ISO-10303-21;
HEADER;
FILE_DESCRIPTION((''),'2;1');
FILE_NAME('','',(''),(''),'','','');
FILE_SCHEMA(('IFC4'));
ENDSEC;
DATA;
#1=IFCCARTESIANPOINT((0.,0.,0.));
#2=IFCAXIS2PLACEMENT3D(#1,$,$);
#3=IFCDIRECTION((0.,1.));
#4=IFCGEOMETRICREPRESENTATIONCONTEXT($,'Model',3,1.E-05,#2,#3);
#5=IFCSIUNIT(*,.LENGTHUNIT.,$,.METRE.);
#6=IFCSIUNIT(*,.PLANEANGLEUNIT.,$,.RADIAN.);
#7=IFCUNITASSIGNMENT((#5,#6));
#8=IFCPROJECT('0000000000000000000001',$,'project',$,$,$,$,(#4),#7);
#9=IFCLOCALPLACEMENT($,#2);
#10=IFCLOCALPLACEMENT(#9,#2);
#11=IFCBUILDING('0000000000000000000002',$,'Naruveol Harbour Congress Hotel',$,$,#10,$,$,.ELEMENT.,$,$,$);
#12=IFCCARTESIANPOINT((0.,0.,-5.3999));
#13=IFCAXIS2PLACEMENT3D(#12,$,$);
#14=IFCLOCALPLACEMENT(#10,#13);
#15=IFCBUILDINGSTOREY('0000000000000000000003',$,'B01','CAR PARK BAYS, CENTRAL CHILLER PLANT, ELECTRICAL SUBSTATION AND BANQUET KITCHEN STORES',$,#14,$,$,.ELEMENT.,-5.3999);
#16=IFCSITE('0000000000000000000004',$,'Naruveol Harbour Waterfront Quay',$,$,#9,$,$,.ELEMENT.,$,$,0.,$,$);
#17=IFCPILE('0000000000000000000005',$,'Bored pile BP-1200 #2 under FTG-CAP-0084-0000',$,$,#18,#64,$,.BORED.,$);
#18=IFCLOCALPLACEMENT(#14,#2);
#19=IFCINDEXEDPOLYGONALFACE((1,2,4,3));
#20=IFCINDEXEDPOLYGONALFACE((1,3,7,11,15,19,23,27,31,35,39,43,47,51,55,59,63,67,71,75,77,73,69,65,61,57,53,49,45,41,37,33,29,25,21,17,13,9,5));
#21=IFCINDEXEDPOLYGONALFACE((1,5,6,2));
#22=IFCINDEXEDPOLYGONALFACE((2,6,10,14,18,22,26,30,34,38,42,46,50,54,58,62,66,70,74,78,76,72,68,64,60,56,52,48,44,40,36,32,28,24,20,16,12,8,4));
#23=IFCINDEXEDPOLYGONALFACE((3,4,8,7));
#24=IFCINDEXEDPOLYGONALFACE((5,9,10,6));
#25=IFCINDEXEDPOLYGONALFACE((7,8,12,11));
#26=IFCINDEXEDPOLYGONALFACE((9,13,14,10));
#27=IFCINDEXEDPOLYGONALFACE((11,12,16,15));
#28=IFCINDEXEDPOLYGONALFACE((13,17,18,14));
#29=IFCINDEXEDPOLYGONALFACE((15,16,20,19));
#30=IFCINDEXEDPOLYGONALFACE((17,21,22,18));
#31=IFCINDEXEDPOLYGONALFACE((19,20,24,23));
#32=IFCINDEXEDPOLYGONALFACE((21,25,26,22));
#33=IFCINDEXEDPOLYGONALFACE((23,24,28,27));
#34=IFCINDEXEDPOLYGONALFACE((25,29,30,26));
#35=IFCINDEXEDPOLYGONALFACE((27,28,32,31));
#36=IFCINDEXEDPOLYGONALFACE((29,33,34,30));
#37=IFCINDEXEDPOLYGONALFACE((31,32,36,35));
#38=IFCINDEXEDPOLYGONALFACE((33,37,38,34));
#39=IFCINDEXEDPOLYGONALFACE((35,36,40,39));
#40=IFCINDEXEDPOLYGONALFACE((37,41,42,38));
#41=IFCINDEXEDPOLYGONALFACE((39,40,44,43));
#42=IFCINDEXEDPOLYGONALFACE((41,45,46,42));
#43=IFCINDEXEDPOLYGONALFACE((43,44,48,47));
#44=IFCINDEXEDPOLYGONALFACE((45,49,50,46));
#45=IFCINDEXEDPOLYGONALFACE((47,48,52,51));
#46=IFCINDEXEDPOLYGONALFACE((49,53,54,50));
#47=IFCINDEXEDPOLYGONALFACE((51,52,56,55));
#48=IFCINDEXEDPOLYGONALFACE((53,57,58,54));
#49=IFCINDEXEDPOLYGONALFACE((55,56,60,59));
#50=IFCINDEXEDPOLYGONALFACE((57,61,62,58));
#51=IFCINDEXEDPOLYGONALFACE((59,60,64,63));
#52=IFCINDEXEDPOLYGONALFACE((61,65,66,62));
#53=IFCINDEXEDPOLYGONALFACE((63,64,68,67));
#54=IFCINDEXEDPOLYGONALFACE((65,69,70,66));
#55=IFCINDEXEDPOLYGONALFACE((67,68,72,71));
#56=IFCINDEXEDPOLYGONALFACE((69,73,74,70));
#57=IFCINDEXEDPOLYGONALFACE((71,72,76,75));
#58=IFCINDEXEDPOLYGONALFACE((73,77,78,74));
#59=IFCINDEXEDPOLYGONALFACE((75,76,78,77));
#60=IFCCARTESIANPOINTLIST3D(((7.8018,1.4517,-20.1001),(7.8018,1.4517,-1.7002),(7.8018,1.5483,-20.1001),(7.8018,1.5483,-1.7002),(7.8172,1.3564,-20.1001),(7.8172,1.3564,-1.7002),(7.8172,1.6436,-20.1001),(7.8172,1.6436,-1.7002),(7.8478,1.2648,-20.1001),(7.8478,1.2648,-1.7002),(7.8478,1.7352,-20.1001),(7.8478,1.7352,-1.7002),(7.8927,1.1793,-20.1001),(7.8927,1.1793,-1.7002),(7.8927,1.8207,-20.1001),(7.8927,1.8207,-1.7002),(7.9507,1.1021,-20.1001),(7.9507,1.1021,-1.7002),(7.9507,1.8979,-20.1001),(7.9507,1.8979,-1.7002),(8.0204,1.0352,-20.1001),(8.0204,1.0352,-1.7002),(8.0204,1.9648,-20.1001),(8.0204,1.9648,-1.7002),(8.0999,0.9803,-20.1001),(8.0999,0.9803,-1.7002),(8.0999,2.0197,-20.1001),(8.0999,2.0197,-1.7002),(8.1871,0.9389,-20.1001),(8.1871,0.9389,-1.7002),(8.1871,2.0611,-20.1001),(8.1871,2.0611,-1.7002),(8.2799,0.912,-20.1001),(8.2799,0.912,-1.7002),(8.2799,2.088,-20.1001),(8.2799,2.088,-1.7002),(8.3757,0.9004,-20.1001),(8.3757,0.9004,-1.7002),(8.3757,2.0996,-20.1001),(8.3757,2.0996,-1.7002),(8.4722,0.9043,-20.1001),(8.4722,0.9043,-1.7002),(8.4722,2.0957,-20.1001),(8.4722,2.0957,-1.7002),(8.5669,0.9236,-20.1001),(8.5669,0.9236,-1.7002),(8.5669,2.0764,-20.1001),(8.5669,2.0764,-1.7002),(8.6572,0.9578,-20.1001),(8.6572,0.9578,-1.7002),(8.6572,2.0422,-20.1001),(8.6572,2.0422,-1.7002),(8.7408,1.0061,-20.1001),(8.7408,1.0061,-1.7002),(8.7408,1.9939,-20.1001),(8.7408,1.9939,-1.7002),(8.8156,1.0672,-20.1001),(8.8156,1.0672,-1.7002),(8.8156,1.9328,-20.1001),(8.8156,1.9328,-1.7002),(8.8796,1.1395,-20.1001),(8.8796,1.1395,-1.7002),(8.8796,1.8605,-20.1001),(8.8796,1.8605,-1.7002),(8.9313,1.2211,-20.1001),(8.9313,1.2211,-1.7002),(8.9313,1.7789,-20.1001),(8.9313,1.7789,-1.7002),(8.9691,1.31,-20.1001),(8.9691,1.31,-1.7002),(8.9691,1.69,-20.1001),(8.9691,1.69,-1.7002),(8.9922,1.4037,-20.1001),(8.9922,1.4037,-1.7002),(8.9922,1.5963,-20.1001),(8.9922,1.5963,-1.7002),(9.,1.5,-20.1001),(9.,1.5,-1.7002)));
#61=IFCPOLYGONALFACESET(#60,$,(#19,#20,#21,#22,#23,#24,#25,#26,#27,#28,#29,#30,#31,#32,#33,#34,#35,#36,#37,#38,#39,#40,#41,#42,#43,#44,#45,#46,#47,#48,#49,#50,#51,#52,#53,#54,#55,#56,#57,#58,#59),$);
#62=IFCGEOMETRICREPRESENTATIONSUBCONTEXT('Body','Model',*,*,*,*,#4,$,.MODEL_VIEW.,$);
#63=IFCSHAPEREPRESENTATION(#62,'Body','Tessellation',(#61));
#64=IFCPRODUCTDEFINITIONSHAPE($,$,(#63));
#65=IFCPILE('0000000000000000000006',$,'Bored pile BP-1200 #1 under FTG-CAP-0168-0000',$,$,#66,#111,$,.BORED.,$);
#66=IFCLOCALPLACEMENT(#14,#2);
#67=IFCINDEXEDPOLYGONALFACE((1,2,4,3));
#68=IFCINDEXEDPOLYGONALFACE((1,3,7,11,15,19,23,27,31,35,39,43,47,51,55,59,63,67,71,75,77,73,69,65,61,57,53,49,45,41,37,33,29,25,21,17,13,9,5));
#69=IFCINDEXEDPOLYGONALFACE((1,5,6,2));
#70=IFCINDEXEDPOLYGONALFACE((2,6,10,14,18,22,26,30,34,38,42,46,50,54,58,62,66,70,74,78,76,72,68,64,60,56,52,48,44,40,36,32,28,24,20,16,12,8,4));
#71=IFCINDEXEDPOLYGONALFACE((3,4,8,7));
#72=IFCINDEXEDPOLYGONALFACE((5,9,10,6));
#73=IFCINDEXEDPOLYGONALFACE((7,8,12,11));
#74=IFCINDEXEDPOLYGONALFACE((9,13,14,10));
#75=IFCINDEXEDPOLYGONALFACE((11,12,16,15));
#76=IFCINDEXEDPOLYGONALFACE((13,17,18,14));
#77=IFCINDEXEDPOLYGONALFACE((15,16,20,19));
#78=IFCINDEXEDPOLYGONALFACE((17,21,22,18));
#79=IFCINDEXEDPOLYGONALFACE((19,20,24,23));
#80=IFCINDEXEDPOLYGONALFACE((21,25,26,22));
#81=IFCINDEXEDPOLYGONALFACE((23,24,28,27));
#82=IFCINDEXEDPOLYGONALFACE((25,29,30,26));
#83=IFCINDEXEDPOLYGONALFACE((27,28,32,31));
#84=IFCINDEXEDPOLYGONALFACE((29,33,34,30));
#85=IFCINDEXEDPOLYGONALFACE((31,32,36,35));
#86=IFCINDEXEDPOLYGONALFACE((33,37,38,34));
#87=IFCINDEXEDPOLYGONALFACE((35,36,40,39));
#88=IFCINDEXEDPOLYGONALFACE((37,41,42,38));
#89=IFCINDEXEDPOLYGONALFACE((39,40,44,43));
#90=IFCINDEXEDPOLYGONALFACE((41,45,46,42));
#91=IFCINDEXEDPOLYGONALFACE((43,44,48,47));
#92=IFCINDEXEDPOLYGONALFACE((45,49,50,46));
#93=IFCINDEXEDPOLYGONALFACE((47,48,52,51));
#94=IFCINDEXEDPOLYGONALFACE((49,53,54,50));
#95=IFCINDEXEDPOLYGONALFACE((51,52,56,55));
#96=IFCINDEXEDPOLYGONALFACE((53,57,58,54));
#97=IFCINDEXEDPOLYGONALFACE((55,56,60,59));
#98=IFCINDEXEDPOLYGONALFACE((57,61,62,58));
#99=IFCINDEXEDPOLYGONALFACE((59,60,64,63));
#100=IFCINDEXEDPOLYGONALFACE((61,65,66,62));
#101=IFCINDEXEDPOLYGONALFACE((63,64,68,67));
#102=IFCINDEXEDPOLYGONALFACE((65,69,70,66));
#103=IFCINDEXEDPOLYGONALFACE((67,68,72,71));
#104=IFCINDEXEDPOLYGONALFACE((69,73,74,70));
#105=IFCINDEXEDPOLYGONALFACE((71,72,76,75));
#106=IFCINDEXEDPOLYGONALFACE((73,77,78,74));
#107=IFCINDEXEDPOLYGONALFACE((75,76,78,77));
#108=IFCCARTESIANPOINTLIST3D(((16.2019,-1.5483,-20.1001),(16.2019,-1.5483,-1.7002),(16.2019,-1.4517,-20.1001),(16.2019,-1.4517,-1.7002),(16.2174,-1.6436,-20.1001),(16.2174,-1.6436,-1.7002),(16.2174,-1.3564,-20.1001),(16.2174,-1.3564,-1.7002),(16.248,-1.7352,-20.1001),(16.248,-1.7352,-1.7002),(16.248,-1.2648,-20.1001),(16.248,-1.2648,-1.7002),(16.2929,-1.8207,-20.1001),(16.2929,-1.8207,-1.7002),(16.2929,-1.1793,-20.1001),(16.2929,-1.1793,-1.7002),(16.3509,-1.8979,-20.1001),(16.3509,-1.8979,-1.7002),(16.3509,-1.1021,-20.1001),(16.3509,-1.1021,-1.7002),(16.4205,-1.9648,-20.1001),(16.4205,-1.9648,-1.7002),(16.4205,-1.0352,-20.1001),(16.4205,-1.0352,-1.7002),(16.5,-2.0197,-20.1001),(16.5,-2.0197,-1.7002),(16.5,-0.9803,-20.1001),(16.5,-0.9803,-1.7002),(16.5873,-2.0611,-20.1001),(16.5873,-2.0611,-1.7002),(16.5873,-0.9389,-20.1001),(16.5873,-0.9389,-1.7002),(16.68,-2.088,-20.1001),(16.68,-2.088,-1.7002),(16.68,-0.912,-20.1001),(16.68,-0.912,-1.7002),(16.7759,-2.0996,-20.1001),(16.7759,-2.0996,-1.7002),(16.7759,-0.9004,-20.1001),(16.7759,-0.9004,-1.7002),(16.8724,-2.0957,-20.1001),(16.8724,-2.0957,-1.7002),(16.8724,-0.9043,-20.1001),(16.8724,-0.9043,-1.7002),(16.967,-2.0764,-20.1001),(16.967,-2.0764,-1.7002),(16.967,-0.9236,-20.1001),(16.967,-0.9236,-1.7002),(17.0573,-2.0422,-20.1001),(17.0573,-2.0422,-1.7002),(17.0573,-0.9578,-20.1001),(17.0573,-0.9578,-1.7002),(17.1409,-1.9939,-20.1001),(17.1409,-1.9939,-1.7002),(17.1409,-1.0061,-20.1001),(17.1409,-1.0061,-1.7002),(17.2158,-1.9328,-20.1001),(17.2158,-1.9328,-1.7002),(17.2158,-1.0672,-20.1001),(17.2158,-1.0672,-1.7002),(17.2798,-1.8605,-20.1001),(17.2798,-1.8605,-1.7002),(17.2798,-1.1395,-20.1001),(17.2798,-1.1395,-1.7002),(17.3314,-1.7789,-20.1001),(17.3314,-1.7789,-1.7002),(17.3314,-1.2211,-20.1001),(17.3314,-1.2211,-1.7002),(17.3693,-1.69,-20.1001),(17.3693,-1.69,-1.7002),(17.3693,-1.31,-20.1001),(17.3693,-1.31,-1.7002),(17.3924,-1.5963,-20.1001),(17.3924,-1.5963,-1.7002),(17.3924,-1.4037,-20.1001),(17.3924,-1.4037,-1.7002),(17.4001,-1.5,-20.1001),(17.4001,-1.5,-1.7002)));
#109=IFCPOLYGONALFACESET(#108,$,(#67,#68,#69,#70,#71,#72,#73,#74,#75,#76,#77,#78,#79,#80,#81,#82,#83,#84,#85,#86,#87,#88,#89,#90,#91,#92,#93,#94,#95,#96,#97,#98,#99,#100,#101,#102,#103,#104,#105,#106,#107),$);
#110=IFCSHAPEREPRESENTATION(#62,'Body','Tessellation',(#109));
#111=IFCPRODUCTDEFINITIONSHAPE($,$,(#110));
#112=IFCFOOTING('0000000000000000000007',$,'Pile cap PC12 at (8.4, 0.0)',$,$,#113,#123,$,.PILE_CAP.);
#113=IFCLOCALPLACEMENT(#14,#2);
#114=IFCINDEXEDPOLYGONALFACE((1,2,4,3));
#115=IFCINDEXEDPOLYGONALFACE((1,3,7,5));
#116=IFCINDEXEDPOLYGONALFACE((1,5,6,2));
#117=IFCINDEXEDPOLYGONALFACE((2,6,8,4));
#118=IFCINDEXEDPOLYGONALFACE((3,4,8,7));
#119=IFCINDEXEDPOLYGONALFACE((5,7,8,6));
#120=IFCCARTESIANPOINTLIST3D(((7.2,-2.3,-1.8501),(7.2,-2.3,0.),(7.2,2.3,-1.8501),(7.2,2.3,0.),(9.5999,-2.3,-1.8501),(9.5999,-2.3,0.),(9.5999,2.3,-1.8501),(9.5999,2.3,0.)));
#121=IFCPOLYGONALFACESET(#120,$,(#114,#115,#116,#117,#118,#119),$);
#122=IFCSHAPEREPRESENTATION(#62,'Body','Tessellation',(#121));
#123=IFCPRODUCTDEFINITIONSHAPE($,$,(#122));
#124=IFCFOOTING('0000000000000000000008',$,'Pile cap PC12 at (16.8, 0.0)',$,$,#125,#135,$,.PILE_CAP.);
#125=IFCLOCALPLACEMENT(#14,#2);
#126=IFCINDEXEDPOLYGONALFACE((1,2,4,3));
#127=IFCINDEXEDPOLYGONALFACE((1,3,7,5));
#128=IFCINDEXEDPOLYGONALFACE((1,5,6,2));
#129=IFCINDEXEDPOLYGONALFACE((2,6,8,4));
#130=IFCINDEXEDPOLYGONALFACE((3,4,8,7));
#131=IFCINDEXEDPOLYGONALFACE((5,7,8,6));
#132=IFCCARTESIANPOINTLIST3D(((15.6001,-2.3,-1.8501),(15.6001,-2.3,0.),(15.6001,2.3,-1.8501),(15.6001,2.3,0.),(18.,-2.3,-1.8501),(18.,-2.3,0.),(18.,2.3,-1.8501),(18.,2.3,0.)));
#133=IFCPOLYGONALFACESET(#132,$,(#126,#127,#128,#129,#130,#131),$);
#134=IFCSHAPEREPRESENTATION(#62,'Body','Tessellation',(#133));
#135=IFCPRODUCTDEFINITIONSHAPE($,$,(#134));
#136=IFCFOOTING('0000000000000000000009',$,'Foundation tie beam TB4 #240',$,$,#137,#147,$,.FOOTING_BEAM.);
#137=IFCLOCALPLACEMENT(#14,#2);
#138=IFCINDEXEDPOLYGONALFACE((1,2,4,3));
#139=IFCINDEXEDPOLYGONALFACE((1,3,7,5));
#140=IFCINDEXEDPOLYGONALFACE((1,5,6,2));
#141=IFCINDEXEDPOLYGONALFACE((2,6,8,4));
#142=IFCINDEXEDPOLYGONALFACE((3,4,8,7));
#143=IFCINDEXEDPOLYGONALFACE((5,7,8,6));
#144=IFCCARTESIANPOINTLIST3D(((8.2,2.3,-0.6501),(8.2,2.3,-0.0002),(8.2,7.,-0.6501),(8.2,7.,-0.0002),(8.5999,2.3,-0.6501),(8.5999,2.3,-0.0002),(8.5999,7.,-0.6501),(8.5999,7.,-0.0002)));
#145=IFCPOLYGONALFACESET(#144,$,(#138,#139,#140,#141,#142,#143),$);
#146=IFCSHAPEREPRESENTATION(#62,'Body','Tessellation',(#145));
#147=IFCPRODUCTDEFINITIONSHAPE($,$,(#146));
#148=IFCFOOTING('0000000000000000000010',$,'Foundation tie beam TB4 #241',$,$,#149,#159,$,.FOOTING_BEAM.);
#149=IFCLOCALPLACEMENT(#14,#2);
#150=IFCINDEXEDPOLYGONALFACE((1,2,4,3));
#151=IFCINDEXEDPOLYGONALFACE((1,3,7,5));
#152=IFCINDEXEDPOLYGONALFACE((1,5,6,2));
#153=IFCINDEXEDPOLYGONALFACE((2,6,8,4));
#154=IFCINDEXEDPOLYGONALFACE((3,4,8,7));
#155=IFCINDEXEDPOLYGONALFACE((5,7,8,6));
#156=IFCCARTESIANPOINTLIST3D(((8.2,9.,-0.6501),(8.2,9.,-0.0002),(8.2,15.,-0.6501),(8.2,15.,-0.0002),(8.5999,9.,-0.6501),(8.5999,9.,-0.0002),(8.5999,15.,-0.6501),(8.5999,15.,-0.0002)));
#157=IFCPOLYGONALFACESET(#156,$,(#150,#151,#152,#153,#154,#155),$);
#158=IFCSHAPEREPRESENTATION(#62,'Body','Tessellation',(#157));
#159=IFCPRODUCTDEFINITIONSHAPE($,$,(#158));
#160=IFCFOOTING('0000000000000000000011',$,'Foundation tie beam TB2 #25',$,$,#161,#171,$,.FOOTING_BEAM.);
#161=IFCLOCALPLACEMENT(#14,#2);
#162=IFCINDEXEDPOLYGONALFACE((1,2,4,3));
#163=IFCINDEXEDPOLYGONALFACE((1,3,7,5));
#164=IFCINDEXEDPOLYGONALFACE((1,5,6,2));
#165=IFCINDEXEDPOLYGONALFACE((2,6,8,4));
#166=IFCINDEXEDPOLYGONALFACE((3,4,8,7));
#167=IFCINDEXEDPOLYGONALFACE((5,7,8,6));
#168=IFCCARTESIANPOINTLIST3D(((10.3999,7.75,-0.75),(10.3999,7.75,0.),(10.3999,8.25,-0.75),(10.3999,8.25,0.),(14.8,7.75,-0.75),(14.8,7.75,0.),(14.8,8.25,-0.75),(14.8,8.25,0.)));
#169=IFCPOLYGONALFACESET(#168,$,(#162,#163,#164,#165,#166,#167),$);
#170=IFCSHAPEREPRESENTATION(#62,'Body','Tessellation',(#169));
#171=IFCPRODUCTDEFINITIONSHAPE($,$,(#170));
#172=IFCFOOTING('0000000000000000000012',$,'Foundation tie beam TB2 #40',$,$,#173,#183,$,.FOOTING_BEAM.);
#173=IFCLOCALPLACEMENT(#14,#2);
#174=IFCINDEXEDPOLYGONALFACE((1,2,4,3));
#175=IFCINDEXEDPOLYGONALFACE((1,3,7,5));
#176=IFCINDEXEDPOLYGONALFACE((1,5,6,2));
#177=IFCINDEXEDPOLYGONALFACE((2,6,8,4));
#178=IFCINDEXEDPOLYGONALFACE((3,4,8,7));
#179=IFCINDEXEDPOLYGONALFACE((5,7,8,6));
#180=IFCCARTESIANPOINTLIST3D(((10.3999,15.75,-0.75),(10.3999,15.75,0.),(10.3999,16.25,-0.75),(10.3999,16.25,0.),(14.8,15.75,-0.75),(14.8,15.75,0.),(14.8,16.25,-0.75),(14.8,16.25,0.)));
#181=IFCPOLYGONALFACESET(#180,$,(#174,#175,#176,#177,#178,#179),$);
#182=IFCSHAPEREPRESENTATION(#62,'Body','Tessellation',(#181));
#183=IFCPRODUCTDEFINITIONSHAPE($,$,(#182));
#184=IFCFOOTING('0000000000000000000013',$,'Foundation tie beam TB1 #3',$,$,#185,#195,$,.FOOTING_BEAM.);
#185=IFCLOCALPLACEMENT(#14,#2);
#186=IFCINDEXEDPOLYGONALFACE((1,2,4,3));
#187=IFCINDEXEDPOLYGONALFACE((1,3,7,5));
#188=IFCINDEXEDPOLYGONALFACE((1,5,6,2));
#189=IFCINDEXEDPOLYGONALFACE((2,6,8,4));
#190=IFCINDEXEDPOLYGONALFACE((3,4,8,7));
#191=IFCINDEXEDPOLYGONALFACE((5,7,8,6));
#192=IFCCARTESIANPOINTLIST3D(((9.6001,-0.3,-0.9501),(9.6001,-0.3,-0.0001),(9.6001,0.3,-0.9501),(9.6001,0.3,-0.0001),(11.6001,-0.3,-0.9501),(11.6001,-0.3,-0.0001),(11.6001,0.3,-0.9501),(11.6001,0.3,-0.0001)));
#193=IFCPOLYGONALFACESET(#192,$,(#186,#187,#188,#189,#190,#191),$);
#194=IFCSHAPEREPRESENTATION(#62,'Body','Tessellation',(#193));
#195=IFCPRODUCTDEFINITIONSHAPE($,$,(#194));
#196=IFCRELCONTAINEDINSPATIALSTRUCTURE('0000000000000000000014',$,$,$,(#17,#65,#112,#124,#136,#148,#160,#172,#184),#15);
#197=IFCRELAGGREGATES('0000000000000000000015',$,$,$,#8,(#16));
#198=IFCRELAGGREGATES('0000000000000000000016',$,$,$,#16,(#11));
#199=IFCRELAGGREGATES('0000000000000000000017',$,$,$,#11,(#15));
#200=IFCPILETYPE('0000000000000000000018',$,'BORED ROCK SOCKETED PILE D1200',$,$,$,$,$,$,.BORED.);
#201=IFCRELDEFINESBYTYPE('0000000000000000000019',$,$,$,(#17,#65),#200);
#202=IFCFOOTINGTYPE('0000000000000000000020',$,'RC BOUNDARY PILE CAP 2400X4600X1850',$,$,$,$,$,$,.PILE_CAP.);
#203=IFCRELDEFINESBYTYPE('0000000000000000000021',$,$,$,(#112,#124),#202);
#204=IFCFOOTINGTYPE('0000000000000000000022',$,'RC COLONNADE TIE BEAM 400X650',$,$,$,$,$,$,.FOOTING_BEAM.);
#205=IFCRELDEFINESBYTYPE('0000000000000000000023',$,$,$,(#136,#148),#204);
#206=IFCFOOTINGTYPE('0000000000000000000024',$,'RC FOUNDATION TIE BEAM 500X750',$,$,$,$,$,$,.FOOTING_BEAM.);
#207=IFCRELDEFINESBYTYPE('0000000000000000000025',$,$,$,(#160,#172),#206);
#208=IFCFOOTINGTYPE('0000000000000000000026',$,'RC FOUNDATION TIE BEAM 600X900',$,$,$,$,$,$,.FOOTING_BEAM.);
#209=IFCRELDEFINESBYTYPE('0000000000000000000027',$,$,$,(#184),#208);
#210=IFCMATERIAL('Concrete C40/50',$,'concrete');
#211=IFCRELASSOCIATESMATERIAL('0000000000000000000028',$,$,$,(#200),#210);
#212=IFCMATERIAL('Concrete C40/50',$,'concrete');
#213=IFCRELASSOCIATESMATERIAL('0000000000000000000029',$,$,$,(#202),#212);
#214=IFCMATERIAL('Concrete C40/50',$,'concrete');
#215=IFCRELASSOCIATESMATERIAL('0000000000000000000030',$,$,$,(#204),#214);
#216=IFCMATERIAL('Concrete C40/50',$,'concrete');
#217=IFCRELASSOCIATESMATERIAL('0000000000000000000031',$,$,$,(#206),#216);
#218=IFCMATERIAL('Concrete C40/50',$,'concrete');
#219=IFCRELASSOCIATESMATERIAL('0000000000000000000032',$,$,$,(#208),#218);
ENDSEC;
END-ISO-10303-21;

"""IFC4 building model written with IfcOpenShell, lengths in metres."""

from ifc_helpers import new_model, si_unit, direction, frame, origin, origin_2d, place, context, subcontext, project, spatial, rectangle, circle, extrude, material, material_profile, profile_set, type_object, element, save


model = new_model("IFC4")

# Units and contexts
model_context = context("Model", 3, precision=1e-05, world=origin(), true_north=direction((0.0, 1.0)))
body_context = subcontext(model_context, "Body", "Model", "MODEL_VIEW")
ifc_project = project(units=[si_unit("LENGTHUNIT", "METRE"), si_unit("PLANEANGLEUNIT", "RADIAN")], contexts=[model_context])

# Site, building, storey
site_placement = place(None, origin())
site = spatial("IfcSite", under=ifc_project, at=site_placement, Name="Naruveol Harbour Waterfront Quay", CompositionType="ELEMENT", RefElevation=0.0)
building_placement = place(site_placement, origin())
building = spatial("IfcBuilding", under=site, at=building_placement, Name="Naruveol Harbour Congress Hotel", CompositionType="ELEMENT")
storey_placement = place(building_placement, frame((0.0, 0.0, -5.3999)))
storey = spatial("IfcBuildingStorey", under=building, at=storey_placement, Name="B01", Description="CAR PARK BAYS, CENTRAL CHILLER PLANT, ELECTRICAL SUBSTATION AND BANQUET KITCHEN STORES", CompositionType="ELEMENT", Elevation=-5.3999)

# Piles
ifc_material_1 = material(Name="Concrete C40/50", Category="concrete")
ifc_material_profile_1 = material_profile(ifc_material_1, circle(Radius=0.6001, at=origin_2d()), Name="BP-1200")
ifc_profile_set_1 = profile_set([ifc_material_profile_1], Name="Concrete C40/50")
pile_type_1 = type_object("IfcPileType", Name="BORED ROCK SOCKETED PILE D1200", PredefinedType="BORED", material=ifc_profile_set_1)
for number, where, z_axis, x_axis, name in (
    (1, (8.3999, 1.5, -1.7002), (0.0, 0.0, -1.0), (1.0, 0.0, 0.0), "Bored pile BP-1200 #2 under FTG-CAP-0084-0000"),
    (2, (16.8, -1.5, -1.7002), (0.0, 0.0, -1.0), (1.0, 0.0, 0.0), "Bored pile BP-1200 #1 under FTG-CAP-0168-0000"),
):
    element("IfcPile", number, at=place(storey_placement, frame(where, z_axis=z_axis, x_axis=x_axis)), inside=storey, type_object=pile_type_1, Name=name, PredefinedType="BORED", context=body_context, shape_type="SweptSolid", body=[
        extrude(circle(Radius=0.6001, at=origin_2d()), origin(), (0.0, 0.0, 1.0), 18.3999),
    ])

# Footings
ifc_material_2 = material(Name="Concrete C40/50", Category="concrete")
footing_type_1 = type_object("IfcFootingType", Name="RC BOUNDARY PILE CAP 2400X4600X1850", PredefinedType="PILE_CAP", material=ifc_material_2)
for number, where, z_axis, x_axis, name in (
    (3, (8.3999, 0.0, -1.8501), (0.0, 0.0, 1.0), (1.0, 0.0, 0.0), "Pile cap PC12 at (8.4, 0.0)"),
    (4, (16.8, 0.0, -1.8501), (0.0, 0.0, 1.0), (1.0, 0.0, 0.0), "Pile cap PC12 at (16.8, 0.0)"),
):
    element("IfcFooting", number, at=place(storey_placement, frame(where, z_axis=z_axis, x_axis=x_axis)), inside=storey, type_object=footing_type_1, Name=name, PredefinedType="PILE_CAP", context=body_context, shape_type="SweptSolid", body=[
        extrude(rectangle(XDim=2.3999, YDim=4.6001, at=origin_2d()), origin(), (0.0, 0.0, 1.0), 1.8501),
    ])
ifc_material_3 = material(Name="Concrete C40/50", Category="concrete")
ifc_material_profile_2 = material_profile(ifc_material_3, rectangle(XDim=0.3999, YDim=0.6499, at=origin_2d()), Name="RCB-400x650")
ifc_profile_set_2 = profile_set([ifc_material_profile_2], Name="Concrete C40/50")
footing_type_2 = type_object("IfcFootingType", Name="RC COLONNADE TIE BEAM 400X650", PredefinedType="FOOTING_BEAM", material=ifc_profile_set_2)
footing_1_placement = place(storey_placement, frame((8.3999, 2.3, -0.3252), z_axis=(0.0, 1.0, 0.0), x_axis=(-1.0, 0.0, 0.0)))
element("IfcFooting", 5, at=footing_1_placement, inside=storey, type_object=footing_type_2, Name="Foundation tie beam TB4 #240", PredefinedType="FOOTING_BEAM", context=body_context, shape_type="SweptSolid", body=[
    extrude(rectangle(XDim=0.3999, YDim=0.6499, at=origin_2d()), origin(), (0.0, 0.0, 1.0), 4.7),
])
footing_2_placement = place(storey_placement, frame((8.3999, 9.0, -0.3252), z_axis=(0.0, 1.0, 0.0), x_axis=(-1.0, 0.0, 0.0)))
element("IfcFooting", 6, at=footing_2_placement, inside=storey, type_object=footing_type_2, Name="Foundation tie beam TB4 #241", PredefinedType="FOOTING_BEAM", context=body_context, shape_type="SweptSolid", body=[
    extrude(rectangle(XDim=0.3999, YDim=0.6499, at=origin_2d()), origin(), (0.0, 0.0, 1.0), 6.0),
])
ifc_material_4 = material(Name="Concrete C40/50", Category="concrete")
ifc_material_profile_3 = material_profile(ifc_material_4, rectangle(XDim=0.5, YDim=0.75, at=origin_2d()), Name="RCB-500x750")
ifc_profile_set_3 = profile_set([ifc_material_profile_3], Name="Concrete C40/50")
footing_type_3 = type_object("IfcFootingType", Name="RC FOUNDATION TIE BEAM 500X750", PredefinedType="FOOTING_BEAM", material=ifc_profile_set_3)
for number, where, z_axis, x_axis, name in (
    (7, (10.3999, 8.0, -0.375), (1.0, 0.0, 0.0), (0.0, 1.0, 0.0), "Foundation tie beam TB2 #25"),
    (8, (10.3999, 16.0, -0.375), (1.0, 0.0, 0.0), (0.0, 1.0, 0.0), "Foundation tie beam TB2 #40"),
):
    element("IfcFooting", number, at=place(storey_placement, frame(where, z_axis=z_axis, x_axis=x_axis)), inside=storey, type_object=footing_type_3, Name=name, PredefinedType="FOOTING_BEAM", context=body_context, shape_type="SweptSolid", body=[
        extrude(rectangle(XDim=0.5, YDim=0.75, at=origin_2d()), origin(), (0.0, 0.0, 1.0), 4.4001),
    ])
ifc_material_5 = material(Name="Concrete C40/50", Category="concrete")
ifc_material_profile_4 = material_profile(ifc_material_5, rectangle(XDim=0.6001, YDim=0.95, at=origin_2d()), Name="RCB-600x950")
ifc_profile_set_4 = profile_set([ifc_material_profile_4], Name="Concrete C40/50")
footing_type_4 = type_object("IfcFootingType", Name="RC FOUNDATION TIE BEAM 600X900", PredefinedType="FOOTING_BEAM", material=ifc_profile_set_4)
for number, where, z_axis, x_axis, name in (
    (9, (9.6001, 0.0, -0.4751), (1.0, 0.0, 0.0), (0.0, 1.0, 0.0), "Foundation tie beam TB1 #3"),
):
    element("IfcFooting", number, at=place(storey_placement, frame(where, z_axis=z_axis, x_axis=x_axis)), inside=storey, type_object=footing_type_4, Name=name, PredefinedType="FOOTING_BEAM", context=body_context, shape_type="SweptSolid", body=[
        extrude(rectangle(XDim=0.6001, YDim=0.95, at=origin_2d()), origin(), (0.0, 0.0, 1.0), 2.0),
    ])

save(model, "model.ifc")
